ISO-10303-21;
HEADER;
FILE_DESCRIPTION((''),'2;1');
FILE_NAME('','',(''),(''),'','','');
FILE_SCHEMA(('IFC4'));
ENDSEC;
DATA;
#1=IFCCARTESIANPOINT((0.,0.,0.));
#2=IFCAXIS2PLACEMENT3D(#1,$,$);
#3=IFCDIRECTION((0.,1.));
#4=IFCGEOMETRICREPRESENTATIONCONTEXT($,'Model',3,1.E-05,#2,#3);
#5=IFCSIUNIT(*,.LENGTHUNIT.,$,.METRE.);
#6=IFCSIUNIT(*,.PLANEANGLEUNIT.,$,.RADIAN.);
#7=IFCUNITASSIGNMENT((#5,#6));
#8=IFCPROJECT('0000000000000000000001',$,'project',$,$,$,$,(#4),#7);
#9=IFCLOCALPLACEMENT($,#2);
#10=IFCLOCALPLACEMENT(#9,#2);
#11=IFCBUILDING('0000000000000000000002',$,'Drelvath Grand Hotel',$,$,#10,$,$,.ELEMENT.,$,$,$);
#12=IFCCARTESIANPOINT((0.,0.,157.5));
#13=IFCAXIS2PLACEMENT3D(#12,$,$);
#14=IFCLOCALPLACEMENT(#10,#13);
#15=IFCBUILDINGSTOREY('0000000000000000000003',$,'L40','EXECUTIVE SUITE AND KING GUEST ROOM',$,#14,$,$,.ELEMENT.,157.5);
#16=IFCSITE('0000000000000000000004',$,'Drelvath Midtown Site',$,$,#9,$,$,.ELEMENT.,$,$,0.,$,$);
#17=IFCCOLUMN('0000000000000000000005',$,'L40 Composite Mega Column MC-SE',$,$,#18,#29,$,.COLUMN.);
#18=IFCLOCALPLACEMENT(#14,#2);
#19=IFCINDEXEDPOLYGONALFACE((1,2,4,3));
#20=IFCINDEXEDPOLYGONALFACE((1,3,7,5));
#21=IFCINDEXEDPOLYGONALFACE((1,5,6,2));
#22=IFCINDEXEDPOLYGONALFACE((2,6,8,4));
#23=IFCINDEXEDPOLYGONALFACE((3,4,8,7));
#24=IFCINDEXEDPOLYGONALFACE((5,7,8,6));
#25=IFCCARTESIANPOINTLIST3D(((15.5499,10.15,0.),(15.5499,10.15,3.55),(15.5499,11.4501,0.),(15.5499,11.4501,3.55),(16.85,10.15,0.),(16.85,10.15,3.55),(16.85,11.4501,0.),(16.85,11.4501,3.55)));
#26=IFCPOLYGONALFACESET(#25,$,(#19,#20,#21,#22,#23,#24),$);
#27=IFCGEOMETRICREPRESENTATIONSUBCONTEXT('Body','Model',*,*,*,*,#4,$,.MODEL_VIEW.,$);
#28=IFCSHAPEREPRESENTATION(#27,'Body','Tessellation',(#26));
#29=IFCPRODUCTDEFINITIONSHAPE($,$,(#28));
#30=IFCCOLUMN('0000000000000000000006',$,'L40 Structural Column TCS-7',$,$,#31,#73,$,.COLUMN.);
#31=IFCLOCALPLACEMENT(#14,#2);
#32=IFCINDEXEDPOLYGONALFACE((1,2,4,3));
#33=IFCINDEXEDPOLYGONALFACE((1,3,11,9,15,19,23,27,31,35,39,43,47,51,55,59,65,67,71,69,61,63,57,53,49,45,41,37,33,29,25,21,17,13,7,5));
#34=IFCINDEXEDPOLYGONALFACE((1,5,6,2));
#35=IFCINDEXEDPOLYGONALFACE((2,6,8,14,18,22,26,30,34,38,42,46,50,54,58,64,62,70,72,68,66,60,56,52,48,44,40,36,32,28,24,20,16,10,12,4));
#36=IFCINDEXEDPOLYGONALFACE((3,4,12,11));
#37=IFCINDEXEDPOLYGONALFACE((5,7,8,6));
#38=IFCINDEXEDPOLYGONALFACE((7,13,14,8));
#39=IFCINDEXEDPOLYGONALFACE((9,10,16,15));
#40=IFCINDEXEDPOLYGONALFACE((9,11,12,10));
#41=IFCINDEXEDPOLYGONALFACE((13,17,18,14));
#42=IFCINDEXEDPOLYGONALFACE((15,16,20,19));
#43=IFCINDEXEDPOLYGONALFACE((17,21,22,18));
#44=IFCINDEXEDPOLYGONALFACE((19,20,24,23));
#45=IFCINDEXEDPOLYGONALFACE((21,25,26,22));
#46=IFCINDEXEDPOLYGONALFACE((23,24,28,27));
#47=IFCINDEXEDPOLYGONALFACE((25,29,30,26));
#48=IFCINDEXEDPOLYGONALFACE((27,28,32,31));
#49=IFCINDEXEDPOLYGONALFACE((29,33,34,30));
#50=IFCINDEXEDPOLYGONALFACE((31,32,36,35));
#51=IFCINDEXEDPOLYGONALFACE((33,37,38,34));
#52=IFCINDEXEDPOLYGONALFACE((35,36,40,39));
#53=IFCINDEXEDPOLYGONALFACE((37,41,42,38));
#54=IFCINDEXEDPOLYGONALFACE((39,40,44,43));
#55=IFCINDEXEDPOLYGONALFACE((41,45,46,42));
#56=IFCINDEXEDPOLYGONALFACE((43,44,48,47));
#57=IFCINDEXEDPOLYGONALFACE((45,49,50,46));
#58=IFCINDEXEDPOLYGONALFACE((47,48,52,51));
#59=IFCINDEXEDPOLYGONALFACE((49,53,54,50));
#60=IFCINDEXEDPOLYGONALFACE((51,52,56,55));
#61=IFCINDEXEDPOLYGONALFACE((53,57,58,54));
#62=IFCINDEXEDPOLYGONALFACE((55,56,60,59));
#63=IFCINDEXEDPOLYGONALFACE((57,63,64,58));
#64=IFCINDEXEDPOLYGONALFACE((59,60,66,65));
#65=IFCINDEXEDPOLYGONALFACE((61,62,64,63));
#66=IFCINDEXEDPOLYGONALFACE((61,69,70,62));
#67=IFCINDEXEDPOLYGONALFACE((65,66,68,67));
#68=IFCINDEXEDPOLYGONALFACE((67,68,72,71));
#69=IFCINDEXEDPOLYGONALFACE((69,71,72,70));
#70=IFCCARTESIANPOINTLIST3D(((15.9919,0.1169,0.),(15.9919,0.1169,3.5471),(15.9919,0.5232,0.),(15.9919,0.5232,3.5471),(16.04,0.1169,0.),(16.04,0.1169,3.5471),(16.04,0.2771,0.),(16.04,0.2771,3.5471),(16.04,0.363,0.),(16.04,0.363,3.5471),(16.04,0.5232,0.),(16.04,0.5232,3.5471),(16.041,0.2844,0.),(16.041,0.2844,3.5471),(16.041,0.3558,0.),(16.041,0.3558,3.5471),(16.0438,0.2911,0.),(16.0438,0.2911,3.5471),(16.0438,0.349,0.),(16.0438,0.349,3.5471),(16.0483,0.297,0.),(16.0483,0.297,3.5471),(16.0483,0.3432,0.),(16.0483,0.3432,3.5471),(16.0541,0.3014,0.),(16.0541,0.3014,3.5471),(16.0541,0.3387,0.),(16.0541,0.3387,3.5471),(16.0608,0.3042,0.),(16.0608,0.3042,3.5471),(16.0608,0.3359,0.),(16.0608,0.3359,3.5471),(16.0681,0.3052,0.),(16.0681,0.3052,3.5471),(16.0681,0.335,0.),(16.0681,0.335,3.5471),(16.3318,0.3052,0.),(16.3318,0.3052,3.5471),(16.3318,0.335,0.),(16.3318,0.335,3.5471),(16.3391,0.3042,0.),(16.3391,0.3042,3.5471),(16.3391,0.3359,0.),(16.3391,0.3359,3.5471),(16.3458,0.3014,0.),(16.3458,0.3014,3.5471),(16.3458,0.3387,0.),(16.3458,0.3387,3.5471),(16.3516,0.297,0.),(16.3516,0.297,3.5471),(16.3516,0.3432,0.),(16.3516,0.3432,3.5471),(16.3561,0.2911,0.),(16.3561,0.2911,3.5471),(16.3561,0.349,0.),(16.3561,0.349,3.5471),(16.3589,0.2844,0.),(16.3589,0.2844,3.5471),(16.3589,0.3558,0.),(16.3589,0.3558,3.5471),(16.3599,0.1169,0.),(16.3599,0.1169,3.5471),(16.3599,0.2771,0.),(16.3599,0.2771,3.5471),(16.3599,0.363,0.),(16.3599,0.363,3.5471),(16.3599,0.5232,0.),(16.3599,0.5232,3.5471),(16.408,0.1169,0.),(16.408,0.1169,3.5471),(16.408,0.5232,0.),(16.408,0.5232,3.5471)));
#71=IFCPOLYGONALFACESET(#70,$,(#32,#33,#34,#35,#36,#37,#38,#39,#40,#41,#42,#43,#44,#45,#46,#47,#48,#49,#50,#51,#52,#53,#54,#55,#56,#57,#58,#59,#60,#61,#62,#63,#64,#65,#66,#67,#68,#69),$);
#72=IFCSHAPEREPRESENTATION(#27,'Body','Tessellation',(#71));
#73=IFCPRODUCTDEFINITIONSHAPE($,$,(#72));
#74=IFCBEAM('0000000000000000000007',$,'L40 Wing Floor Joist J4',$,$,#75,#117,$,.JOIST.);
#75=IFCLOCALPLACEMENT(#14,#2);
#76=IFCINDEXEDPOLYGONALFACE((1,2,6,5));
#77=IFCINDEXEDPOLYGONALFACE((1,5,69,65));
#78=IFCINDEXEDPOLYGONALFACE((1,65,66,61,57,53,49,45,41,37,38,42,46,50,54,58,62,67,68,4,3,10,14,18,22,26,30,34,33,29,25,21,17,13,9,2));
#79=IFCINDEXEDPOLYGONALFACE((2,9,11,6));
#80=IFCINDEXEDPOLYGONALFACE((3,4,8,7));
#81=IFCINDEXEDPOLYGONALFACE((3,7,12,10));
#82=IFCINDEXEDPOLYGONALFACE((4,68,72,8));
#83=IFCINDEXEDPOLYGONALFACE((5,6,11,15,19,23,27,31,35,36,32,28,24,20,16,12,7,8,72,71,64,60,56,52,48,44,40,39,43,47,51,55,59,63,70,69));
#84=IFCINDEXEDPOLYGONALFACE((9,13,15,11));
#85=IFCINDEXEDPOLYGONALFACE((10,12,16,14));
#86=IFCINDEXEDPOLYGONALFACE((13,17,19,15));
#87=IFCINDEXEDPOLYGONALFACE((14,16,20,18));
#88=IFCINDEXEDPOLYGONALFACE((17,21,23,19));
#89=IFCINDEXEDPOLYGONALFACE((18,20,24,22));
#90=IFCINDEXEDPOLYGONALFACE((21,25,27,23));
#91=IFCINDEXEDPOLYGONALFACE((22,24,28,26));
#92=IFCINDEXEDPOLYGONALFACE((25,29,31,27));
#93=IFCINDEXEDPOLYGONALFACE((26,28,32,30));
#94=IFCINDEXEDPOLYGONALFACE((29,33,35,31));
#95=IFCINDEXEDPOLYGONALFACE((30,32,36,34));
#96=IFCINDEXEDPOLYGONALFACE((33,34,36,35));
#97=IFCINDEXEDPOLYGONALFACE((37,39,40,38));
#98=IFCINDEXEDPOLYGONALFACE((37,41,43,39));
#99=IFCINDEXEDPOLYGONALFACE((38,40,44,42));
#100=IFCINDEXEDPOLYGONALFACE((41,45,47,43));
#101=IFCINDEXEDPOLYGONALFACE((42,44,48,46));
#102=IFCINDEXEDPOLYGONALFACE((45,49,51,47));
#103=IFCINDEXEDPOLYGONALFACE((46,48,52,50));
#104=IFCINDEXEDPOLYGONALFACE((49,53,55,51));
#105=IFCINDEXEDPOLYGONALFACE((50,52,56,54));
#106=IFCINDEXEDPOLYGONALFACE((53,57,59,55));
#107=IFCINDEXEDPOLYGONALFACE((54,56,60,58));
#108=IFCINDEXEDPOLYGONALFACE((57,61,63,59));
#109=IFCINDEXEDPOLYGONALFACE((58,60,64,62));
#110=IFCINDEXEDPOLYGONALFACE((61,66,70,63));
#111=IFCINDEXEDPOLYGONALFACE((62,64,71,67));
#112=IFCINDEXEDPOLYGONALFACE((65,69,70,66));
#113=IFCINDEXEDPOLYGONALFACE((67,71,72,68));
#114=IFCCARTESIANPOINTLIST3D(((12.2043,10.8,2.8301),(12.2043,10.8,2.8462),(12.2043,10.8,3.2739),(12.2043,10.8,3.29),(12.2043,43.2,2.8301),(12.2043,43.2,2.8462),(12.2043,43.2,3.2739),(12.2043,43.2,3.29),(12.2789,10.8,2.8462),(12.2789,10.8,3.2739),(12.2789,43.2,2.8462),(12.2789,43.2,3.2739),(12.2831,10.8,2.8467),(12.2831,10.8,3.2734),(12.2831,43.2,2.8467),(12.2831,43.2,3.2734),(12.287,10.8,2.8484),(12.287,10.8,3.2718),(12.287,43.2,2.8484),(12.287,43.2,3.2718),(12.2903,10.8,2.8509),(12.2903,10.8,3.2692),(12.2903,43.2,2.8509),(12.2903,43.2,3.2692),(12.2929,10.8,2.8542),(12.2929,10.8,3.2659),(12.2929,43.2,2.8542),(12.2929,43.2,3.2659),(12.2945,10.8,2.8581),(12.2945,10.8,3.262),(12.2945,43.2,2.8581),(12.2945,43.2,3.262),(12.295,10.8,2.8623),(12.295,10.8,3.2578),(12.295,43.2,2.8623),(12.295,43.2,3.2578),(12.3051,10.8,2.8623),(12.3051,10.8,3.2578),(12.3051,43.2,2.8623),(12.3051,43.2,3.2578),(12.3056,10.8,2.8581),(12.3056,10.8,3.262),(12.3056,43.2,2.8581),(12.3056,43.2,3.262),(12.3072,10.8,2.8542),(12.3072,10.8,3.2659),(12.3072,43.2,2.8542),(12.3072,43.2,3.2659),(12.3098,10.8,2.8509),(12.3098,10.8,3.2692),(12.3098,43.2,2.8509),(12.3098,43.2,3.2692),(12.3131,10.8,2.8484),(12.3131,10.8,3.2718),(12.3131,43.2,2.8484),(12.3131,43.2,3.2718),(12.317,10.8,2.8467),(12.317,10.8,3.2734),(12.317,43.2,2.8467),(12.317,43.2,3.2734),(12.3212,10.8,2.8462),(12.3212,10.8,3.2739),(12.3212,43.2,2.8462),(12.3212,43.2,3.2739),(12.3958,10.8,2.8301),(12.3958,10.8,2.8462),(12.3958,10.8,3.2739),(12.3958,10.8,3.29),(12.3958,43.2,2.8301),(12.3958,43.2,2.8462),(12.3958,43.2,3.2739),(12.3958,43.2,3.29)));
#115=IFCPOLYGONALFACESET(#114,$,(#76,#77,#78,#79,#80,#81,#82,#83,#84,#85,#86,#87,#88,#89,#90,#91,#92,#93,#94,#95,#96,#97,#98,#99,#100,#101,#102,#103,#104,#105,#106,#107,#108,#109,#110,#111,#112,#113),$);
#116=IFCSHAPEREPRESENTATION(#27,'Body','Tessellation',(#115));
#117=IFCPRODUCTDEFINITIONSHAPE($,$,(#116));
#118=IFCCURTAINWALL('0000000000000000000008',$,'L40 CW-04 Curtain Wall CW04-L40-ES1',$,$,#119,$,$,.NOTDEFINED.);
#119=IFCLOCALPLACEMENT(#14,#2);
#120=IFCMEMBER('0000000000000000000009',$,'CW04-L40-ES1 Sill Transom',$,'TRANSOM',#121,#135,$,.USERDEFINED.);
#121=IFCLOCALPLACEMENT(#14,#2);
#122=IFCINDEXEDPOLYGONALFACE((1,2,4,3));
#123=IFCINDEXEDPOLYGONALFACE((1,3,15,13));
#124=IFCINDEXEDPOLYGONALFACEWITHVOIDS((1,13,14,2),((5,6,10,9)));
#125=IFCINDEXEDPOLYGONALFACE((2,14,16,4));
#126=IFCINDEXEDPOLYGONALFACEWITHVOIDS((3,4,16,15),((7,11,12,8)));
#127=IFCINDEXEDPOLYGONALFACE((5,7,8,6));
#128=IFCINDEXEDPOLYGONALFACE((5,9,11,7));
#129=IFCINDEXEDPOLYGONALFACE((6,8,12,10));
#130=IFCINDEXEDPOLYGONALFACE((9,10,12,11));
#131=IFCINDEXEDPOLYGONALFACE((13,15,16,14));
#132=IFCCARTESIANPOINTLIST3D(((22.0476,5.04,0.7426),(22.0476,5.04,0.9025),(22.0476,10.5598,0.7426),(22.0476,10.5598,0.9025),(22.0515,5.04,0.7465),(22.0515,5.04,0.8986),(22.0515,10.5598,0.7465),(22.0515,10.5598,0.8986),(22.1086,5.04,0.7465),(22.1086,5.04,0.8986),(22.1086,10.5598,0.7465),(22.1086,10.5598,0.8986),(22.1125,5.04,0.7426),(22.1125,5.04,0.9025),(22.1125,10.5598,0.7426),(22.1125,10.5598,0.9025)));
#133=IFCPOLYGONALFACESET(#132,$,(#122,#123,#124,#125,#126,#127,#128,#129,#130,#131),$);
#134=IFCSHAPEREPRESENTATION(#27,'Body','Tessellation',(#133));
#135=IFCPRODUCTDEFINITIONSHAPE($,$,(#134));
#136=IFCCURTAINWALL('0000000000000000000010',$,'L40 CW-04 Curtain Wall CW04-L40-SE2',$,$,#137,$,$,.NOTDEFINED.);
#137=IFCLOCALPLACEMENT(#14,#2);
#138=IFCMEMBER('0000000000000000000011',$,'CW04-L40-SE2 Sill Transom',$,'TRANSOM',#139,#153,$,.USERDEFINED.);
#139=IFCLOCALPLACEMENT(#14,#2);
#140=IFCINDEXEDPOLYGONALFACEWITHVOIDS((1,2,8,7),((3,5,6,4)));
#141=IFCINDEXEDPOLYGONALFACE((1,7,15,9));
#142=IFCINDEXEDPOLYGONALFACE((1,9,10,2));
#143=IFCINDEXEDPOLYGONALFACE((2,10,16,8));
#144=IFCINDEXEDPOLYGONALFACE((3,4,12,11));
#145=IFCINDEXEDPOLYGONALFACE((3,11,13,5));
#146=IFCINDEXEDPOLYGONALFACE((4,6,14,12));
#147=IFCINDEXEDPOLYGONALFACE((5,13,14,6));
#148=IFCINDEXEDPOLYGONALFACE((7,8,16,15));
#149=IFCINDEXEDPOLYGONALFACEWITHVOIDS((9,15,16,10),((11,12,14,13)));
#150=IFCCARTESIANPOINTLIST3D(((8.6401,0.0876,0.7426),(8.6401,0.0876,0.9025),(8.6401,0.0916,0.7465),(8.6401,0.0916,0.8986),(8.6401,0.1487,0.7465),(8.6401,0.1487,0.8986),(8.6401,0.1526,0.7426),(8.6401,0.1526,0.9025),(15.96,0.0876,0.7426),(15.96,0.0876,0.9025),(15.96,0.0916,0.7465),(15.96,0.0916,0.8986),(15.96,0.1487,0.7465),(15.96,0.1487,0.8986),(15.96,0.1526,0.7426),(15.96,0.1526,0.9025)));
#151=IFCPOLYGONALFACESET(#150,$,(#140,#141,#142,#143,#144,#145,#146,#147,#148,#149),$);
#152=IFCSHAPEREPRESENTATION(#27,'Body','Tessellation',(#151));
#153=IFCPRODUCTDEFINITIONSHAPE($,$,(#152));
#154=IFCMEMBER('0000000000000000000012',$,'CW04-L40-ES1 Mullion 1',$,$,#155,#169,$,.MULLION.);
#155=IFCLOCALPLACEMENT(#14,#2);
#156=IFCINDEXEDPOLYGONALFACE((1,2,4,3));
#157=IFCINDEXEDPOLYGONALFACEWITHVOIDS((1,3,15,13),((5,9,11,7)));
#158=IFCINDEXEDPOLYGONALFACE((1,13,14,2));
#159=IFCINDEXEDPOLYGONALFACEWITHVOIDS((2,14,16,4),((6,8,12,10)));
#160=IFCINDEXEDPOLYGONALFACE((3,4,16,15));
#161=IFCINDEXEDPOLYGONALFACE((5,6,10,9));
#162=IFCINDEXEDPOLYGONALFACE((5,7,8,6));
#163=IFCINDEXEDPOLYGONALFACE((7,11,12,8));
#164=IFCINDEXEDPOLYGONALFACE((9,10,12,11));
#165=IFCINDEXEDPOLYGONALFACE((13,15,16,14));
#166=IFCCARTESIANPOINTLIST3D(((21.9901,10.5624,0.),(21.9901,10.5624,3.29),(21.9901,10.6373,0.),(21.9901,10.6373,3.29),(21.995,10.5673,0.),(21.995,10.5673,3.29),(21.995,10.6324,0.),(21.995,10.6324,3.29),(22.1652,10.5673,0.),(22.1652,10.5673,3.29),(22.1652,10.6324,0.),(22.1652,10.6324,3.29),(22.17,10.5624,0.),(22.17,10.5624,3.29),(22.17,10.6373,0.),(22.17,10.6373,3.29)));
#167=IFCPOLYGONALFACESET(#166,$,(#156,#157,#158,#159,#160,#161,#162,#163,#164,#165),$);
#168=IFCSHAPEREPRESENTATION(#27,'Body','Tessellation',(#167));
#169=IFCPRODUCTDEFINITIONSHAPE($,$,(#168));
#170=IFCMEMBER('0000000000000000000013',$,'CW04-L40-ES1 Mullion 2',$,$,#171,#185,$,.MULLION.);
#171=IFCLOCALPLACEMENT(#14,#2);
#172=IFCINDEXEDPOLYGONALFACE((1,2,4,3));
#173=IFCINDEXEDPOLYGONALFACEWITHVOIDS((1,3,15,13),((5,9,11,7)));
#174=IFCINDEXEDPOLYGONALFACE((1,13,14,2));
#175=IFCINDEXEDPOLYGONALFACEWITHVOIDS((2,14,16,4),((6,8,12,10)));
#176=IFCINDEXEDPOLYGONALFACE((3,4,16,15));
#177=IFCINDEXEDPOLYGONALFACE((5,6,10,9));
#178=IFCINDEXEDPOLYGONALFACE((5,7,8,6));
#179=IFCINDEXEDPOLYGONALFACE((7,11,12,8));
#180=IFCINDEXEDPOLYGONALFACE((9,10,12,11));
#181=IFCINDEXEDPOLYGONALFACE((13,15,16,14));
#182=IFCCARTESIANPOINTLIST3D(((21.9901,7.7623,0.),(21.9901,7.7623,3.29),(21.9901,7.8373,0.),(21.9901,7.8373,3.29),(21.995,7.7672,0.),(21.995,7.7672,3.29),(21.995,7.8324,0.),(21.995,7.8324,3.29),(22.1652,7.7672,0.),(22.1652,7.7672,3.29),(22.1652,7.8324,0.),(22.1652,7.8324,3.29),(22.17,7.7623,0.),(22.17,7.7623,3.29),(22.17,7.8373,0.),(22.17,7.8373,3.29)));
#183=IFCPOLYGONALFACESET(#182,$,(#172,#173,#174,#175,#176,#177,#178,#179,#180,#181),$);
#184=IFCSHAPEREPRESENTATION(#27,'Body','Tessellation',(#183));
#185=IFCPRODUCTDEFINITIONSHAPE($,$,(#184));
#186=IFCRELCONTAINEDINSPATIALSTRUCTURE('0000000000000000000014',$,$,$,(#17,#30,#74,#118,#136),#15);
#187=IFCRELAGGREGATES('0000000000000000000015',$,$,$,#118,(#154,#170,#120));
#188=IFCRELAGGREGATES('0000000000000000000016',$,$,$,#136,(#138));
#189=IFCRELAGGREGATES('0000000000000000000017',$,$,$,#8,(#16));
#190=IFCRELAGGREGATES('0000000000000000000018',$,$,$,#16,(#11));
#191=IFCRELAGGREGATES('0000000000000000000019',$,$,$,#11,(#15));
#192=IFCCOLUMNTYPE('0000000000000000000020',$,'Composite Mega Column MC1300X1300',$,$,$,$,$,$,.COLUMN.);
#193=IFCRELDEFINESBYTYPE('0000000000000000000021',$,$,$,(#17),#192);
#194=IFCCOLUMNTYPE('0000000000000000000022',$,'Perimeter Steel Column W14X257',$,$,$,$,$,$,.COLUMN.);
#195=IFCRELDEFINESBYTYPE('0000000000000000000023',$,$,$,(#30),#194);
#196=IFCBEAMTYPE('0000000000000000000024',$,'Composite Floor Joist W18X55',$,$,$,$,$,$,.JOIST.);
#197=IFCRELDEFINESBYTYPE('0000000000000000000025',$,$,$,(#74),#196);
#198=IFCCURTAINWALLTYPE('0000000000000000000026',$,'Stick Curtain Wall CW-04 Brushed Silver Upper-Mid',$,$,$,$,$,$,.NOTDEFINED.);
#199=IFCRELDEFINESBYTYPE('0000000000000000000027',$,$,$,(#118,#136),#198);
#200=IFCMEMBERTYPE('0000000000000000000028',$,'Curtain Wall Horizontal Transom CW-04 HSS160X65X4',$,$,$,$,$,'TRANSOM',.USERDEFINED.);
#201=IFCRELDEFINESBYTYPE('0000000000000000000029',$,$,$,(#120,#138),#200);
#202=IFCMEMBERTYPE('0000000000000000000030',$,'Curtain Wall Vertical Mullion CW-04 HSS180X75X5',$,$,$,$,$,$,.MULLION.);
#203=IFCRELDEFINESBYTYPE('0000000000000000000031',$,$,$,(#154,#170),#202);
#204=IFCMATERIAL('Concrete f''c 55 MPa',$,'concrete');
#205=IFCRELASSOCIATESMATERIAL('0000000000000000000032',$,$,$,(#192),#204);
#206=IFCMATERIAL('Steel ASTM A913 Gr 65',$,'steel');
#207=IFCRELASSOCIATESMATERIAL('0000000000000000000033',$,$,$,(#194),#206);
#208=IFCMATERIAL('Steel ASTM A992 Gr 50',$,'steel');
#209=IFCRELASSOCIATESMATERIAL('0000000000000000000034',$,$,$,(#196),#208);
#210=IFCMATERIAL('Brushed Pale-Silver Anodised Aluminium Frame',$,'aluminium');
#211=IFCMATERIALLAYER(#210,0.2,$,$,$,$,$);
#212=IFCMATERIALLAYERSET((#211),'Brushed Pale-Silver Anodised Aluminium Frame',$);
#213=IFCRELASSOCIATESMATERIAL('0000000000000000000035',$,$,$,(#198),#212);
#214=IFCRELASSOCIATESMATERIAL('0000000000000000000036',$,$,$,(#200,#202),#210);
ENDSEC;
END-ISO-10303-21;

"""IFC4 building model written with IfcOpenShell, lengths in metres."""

from ifc_helpers import new_model, si_unit, direction, frame, origin, origin_2d, place, context, subcontext, project, spatial, rectangle, hollow_rectangle, i_section, extrude, material, layer, layer_set, material_profile, profile_set, type_object, element, aggregate, save


model = new_model("IFC4")

# Units and contexts
model_context = context("Model", 3, precision=1e-05, world=origin(), true_north=direction((0.0, 1.0)))
body_context = subcontext(model_context, "Body", "Model", "MODEL_VIEW")
ifc_project = project(units=[si_unit("LENGTHUNIT", "METRE"), si_unit("PLANEANGLEUNIT", "RADIAN")], contexts=[model_context])

# Site, building, storey
site_placement = place(None, origin())
site = spatial("IfcSite", under=ifc_project, at=site_placement, Name="Drelvath Midtown Site", CompositionType="ELEMENT", RefElevation=0.0)
building_placement = place(site_placement, origin())
building = spatial("IfcBuilding", under=site, at=building_placement, Name="Drelvath Grand Hotel", CompositionType="ELEMENT")
storey_placement = place(building_placement, frame((0.0, 0.0, 157.5)))
storey = spatial("IfcBuildingStorey", under=building, at=storey_placement, Name="L40", Description="EXECUTIVE SUITE AND KING GUEST ROOM", CompositionType="ELEMENT", Elevation=157.5)

# Columns
ifc_material_1 = material(Name="Concrete f'c 55 MPa", Category="concrete")
ifc_material_profile_1 = material_profile(ifc_material_1, rectangle(XDim=1.3, YDim=1.3, at=origin_2d()), Name="MC1300X1300")
ifc_profile_set_1 = profile_set([ifc_material_profile_1], Name="Concrete f'c 55 MPa")
column_type_1 = type_object("IfcColumnType", Name="Composite Mega Column MC1300X1300", PredefinedType="COLUMN", material=ifc_profile_set_1)
column_1_placement = place(storey_placement, frame((16.2, 10.8, 0.0), z_axis=(0.0, 0.0, 1.0), x_axis=(1.0, 0.0, 0.0)))
element("IfcColumn", 1, at=column_1_placement, inside=storey, type_object=column_type_1, Name="L40 Composite Mega Column MC-SE", PredefinedType="COLUMN", context=body_context, shape_type="SweptSolid", body=[
    extrude(rectangle(XDim=1.3, YDim=1.3, at=origin_2d()), origin(), (0.0, 0.0, 1.0), 3.55),
])
ifc_material_2 = material(Name="Steel ASTM A913 Gr 65", Category="steel")
ifc_material_profile_2 = material_profile(ifc_material_2, i_section(OverallWidth=0.4062, OverallDepth=0.416, WebThickness=0.0298, FlangeThickness=0.0481, FilletRadius=0.0281, at=origin_2d()), Name="W14X257")
ifc_profile_set_2 = profile_set([ifc_material_profile_2], Name="Steel ASTM A913 Gr 65")
column_type_2 = type_object("IfcColumnType", Name="Perimeter Steel Column W14X257", PredefinedType="COLUMN", material=ifc_profile_set_2)
column_2_placement = place(storey_placement, frame((16.2, 0.3201, 0.0), z_axis=(0.0, 0.0, 1.0), x_axis=(0.0, 1.0, 0.0)))
element("IfcColumn", 2, at=column_2_placement, inside=storey, type_object=column_type_2, Name="L40 Structural Column TCS-7", PredefinedType="COLUMN", context=body_context, shape_type="SweptSolid", body=[
    extrude(i_section(OverallWidth=0.4062, OverallDepth=0.416, WebThickness=0.0298, FlangeThickness=0.0481, FilletRadius=0.0281, at=origin_2d()), origin(), (0.0, 0.0, 1.0), 3.5471),
])

# Beam
ifc_material_3 = material(Name="Steel ASTM A992 Gr 50", Category="steel")
ifc_material_profile_3 = material_profile(ifc_material_3, i_section(OverallWidth=0.1914, OverallDepth=0.46, WebThickness=0.01, FlangeThickness=0.0161, FilletRadius=0.0161, at=origin_2d()), Name="W18X55")
ifc_profile_set_3 = profile_set([ifc_material_profile_3], Name="Steel ASTM A992 Gr 50")
beam_type_1 = type_object("IfcBeamType", Name="Composite Floor Joist W18X55", PredefinedType="JOIST", material=ifc_profile_set_3)
beam_1_placement = place(storey_placement, frame((12.3, 10.8, 3.0601), z_axis=(0.0, 1.0, 0.0), x_axis=(-1.0, 0.0, 0.0)))
element("IfcBeam", 3, at=beam_1_placement, inside=storey, type_object=beam_type_1, Name="L40 Wing Floor Joist J4", PredefinedType="JOIST", context=body_context, shape_type="SweptSolid", body=[
    extrude(i_section(OverallWidth=0.1914, OverallDepth=0.46, WebThickness=0.01, FlangeThickness=0.0161, FilletRadius=0.0161, at=origin_2d()), origin(), (0.0, 0.0, 1.0), 32.3999),
])

# Curtain walls, members
ifc_material_4 = material(Name="Brushed Pale-Silver Anodised Aluminium Frame", Category="aluminium")
ifc_layer_1 = layer(ifc_material_4, 0.2)
ifc_layer_set_1 = layer_set([ifc_layer_1], Name="Brushed Pale-Silver Anodised Aluminium Frame")
curtain_wall_type = type_object("IfcCurtainWallType", Name="Stick Curtain Wall CW-04 Brushed Silver Upper-Mid", PredefinedType="NOTDEFINED", material=ifc_layer_set_1)
curtain_wall_1_placement = place(storey_placement, origin())
curtain_wall_1 = element("IfcCurtainWall", 4, at=curtain_wall_1_placement, inside=storey, type_object=curtain_wall_type, Name="L40 CW-04 Curtain Wall CW04-L40-ES1", PredefinedType="NOTDEFINED")
ifc_material_profile_4 = material_profile(ifc_material_4, hollow_rectangle(XDim=0.0649, YDim=0.1599, WallThickness=0.0039, at=origin_2d()), Name="HSS160X65X4")
ifc_profile_set_4 = profile_set([ifc_material_profile_4], Name="Brushed Pale-Silver Anodised Aluminium Frame")
member_type_1 = type_object("IfcMemberType", Name="Curtain Wall Horizontal Transom CW-04 HSS160X65X4", ElementType="TRANSOM", PredefinedType="USERDEFINED", material=ifc_profile_set_4)
member_1_placement = place(storey_placement, frame((22.0801, 10.5598, 0.8225), z_axis=(0.0, -1.0, 0.0), x_axis=(1.0, 0.0, 0.0)))
member_1 = element("IfcMember", 5, at=member_1_placement, type_object=member_type_1, Name="CW04-L40-ES1 Sill Transom", ObjectType="TRANSOM", PredefinedType="USERDEFINED", context=body_context, shape_type="SweptSolid", body=[
    extrude(hollow_rectangle(XDim=0.0649, YDim=0.1599, WallThickness=0.0039, at=origin_2d()), origin(), (0.0, 0.0, 1.0), 5.5198),
])
curtain_wall_2_placement = place(storey_placement, origin())
curtain_wall_2 = element("IfcCurtainWall", 6, at=curtain_wall_2_placement, inside=storey, type_object=curtain_wall_type, Name="L40 CW-04 Curtain Wall CW04-L40-SE2", PredefinedType="NOTDEFINED")
member_2_placement = place(storey_placement, frame((15.96, 0.1201, 0.8225), z_axis=(-1.0, 0.0, 0.0), x_axis=(0.0, -1.0, 0.0)))
member_2 = element("IfcMember", 7, at=member_2_placement, type_object=member_type_1, Name="CW04-L40-SE2 Sill Transom", ObjectType="TRANSOM", PredefinedType="USERDEFINED", context=body_context, shape_type="SweptSolid", body=[
    extrude(hollow_rectangle(XDim=0.0649, YDim=0.1599, WallThickness=0.0039, at=origin_2d()), origin(), (0.0, 0.0, 1.0), 7.3198),
])

# Members
ifc_material_profile_5 = material_profile(ifc_material_4, hollow_rectangle(XDim=0.075, YDim=0.1799, WallThickness=0.0049, at=origin_2d()), Name="HSS180X75X5")
ifc_profile_set_5 = profile_set([ifc_material_profile_5], Name="Brushed Pale-Silver Anodised Aluminium Frame")
member_type_2 = type_object("IfcMemberType", Name="Curtain Wall Vertical Mullion CW-04 HSS180X75X5", PredefinedType="MULLION", material=ifc_profile_set_5)
member_3_placement = place(storey_placement, frame((22.0801, 10.5999, 0.0), z_axis=(0.0, 0.0, 1.0), x_axis=(0.0, 1.0, 0.0)))
member_3 = element("IfcMember", 8, at=member_3_placement, type_object=member_type_2, Name="CW04-L40-ES1 Mullion 1", PredefinedType="MULLION", context=body_context, shape_type="SweptSolid", body=[
    extrude(hollow_rectangle(XDim=0.075, YDim=0.1799, WallThickness=0.0049, at=origin_2d()), origin(), (0.0, 0.0, 1.0), 3.29),
])
member_4_placement = place(storey_placement, frame((22.0801, 7.7998, 0.0), z_axis=(0.0, 0.0, 1.0), x_axis=(0.0, 1.0, 0.0)))
member_4 = element("IfcMember", 9, at=member_4_placement, type_object=member_type_2, Name="CW04-L40-ES1 Mullion 2", PredefinedType="MULLION", context=body_context, shape_type="SweptSolid", body=[
    extrude(hollow_rectangle(XDim=0.075, YDim=0.1799, WallThickness=0.0049, at=origin_2d()), origin(), (0.0, 0.0, 1.0), 3.29),
])

aggregate(curtain_wall_1, [member_3, member_4, member_1])
aggregate(curtain_wall_2, [member_2])

save(model, "model.ifc")
